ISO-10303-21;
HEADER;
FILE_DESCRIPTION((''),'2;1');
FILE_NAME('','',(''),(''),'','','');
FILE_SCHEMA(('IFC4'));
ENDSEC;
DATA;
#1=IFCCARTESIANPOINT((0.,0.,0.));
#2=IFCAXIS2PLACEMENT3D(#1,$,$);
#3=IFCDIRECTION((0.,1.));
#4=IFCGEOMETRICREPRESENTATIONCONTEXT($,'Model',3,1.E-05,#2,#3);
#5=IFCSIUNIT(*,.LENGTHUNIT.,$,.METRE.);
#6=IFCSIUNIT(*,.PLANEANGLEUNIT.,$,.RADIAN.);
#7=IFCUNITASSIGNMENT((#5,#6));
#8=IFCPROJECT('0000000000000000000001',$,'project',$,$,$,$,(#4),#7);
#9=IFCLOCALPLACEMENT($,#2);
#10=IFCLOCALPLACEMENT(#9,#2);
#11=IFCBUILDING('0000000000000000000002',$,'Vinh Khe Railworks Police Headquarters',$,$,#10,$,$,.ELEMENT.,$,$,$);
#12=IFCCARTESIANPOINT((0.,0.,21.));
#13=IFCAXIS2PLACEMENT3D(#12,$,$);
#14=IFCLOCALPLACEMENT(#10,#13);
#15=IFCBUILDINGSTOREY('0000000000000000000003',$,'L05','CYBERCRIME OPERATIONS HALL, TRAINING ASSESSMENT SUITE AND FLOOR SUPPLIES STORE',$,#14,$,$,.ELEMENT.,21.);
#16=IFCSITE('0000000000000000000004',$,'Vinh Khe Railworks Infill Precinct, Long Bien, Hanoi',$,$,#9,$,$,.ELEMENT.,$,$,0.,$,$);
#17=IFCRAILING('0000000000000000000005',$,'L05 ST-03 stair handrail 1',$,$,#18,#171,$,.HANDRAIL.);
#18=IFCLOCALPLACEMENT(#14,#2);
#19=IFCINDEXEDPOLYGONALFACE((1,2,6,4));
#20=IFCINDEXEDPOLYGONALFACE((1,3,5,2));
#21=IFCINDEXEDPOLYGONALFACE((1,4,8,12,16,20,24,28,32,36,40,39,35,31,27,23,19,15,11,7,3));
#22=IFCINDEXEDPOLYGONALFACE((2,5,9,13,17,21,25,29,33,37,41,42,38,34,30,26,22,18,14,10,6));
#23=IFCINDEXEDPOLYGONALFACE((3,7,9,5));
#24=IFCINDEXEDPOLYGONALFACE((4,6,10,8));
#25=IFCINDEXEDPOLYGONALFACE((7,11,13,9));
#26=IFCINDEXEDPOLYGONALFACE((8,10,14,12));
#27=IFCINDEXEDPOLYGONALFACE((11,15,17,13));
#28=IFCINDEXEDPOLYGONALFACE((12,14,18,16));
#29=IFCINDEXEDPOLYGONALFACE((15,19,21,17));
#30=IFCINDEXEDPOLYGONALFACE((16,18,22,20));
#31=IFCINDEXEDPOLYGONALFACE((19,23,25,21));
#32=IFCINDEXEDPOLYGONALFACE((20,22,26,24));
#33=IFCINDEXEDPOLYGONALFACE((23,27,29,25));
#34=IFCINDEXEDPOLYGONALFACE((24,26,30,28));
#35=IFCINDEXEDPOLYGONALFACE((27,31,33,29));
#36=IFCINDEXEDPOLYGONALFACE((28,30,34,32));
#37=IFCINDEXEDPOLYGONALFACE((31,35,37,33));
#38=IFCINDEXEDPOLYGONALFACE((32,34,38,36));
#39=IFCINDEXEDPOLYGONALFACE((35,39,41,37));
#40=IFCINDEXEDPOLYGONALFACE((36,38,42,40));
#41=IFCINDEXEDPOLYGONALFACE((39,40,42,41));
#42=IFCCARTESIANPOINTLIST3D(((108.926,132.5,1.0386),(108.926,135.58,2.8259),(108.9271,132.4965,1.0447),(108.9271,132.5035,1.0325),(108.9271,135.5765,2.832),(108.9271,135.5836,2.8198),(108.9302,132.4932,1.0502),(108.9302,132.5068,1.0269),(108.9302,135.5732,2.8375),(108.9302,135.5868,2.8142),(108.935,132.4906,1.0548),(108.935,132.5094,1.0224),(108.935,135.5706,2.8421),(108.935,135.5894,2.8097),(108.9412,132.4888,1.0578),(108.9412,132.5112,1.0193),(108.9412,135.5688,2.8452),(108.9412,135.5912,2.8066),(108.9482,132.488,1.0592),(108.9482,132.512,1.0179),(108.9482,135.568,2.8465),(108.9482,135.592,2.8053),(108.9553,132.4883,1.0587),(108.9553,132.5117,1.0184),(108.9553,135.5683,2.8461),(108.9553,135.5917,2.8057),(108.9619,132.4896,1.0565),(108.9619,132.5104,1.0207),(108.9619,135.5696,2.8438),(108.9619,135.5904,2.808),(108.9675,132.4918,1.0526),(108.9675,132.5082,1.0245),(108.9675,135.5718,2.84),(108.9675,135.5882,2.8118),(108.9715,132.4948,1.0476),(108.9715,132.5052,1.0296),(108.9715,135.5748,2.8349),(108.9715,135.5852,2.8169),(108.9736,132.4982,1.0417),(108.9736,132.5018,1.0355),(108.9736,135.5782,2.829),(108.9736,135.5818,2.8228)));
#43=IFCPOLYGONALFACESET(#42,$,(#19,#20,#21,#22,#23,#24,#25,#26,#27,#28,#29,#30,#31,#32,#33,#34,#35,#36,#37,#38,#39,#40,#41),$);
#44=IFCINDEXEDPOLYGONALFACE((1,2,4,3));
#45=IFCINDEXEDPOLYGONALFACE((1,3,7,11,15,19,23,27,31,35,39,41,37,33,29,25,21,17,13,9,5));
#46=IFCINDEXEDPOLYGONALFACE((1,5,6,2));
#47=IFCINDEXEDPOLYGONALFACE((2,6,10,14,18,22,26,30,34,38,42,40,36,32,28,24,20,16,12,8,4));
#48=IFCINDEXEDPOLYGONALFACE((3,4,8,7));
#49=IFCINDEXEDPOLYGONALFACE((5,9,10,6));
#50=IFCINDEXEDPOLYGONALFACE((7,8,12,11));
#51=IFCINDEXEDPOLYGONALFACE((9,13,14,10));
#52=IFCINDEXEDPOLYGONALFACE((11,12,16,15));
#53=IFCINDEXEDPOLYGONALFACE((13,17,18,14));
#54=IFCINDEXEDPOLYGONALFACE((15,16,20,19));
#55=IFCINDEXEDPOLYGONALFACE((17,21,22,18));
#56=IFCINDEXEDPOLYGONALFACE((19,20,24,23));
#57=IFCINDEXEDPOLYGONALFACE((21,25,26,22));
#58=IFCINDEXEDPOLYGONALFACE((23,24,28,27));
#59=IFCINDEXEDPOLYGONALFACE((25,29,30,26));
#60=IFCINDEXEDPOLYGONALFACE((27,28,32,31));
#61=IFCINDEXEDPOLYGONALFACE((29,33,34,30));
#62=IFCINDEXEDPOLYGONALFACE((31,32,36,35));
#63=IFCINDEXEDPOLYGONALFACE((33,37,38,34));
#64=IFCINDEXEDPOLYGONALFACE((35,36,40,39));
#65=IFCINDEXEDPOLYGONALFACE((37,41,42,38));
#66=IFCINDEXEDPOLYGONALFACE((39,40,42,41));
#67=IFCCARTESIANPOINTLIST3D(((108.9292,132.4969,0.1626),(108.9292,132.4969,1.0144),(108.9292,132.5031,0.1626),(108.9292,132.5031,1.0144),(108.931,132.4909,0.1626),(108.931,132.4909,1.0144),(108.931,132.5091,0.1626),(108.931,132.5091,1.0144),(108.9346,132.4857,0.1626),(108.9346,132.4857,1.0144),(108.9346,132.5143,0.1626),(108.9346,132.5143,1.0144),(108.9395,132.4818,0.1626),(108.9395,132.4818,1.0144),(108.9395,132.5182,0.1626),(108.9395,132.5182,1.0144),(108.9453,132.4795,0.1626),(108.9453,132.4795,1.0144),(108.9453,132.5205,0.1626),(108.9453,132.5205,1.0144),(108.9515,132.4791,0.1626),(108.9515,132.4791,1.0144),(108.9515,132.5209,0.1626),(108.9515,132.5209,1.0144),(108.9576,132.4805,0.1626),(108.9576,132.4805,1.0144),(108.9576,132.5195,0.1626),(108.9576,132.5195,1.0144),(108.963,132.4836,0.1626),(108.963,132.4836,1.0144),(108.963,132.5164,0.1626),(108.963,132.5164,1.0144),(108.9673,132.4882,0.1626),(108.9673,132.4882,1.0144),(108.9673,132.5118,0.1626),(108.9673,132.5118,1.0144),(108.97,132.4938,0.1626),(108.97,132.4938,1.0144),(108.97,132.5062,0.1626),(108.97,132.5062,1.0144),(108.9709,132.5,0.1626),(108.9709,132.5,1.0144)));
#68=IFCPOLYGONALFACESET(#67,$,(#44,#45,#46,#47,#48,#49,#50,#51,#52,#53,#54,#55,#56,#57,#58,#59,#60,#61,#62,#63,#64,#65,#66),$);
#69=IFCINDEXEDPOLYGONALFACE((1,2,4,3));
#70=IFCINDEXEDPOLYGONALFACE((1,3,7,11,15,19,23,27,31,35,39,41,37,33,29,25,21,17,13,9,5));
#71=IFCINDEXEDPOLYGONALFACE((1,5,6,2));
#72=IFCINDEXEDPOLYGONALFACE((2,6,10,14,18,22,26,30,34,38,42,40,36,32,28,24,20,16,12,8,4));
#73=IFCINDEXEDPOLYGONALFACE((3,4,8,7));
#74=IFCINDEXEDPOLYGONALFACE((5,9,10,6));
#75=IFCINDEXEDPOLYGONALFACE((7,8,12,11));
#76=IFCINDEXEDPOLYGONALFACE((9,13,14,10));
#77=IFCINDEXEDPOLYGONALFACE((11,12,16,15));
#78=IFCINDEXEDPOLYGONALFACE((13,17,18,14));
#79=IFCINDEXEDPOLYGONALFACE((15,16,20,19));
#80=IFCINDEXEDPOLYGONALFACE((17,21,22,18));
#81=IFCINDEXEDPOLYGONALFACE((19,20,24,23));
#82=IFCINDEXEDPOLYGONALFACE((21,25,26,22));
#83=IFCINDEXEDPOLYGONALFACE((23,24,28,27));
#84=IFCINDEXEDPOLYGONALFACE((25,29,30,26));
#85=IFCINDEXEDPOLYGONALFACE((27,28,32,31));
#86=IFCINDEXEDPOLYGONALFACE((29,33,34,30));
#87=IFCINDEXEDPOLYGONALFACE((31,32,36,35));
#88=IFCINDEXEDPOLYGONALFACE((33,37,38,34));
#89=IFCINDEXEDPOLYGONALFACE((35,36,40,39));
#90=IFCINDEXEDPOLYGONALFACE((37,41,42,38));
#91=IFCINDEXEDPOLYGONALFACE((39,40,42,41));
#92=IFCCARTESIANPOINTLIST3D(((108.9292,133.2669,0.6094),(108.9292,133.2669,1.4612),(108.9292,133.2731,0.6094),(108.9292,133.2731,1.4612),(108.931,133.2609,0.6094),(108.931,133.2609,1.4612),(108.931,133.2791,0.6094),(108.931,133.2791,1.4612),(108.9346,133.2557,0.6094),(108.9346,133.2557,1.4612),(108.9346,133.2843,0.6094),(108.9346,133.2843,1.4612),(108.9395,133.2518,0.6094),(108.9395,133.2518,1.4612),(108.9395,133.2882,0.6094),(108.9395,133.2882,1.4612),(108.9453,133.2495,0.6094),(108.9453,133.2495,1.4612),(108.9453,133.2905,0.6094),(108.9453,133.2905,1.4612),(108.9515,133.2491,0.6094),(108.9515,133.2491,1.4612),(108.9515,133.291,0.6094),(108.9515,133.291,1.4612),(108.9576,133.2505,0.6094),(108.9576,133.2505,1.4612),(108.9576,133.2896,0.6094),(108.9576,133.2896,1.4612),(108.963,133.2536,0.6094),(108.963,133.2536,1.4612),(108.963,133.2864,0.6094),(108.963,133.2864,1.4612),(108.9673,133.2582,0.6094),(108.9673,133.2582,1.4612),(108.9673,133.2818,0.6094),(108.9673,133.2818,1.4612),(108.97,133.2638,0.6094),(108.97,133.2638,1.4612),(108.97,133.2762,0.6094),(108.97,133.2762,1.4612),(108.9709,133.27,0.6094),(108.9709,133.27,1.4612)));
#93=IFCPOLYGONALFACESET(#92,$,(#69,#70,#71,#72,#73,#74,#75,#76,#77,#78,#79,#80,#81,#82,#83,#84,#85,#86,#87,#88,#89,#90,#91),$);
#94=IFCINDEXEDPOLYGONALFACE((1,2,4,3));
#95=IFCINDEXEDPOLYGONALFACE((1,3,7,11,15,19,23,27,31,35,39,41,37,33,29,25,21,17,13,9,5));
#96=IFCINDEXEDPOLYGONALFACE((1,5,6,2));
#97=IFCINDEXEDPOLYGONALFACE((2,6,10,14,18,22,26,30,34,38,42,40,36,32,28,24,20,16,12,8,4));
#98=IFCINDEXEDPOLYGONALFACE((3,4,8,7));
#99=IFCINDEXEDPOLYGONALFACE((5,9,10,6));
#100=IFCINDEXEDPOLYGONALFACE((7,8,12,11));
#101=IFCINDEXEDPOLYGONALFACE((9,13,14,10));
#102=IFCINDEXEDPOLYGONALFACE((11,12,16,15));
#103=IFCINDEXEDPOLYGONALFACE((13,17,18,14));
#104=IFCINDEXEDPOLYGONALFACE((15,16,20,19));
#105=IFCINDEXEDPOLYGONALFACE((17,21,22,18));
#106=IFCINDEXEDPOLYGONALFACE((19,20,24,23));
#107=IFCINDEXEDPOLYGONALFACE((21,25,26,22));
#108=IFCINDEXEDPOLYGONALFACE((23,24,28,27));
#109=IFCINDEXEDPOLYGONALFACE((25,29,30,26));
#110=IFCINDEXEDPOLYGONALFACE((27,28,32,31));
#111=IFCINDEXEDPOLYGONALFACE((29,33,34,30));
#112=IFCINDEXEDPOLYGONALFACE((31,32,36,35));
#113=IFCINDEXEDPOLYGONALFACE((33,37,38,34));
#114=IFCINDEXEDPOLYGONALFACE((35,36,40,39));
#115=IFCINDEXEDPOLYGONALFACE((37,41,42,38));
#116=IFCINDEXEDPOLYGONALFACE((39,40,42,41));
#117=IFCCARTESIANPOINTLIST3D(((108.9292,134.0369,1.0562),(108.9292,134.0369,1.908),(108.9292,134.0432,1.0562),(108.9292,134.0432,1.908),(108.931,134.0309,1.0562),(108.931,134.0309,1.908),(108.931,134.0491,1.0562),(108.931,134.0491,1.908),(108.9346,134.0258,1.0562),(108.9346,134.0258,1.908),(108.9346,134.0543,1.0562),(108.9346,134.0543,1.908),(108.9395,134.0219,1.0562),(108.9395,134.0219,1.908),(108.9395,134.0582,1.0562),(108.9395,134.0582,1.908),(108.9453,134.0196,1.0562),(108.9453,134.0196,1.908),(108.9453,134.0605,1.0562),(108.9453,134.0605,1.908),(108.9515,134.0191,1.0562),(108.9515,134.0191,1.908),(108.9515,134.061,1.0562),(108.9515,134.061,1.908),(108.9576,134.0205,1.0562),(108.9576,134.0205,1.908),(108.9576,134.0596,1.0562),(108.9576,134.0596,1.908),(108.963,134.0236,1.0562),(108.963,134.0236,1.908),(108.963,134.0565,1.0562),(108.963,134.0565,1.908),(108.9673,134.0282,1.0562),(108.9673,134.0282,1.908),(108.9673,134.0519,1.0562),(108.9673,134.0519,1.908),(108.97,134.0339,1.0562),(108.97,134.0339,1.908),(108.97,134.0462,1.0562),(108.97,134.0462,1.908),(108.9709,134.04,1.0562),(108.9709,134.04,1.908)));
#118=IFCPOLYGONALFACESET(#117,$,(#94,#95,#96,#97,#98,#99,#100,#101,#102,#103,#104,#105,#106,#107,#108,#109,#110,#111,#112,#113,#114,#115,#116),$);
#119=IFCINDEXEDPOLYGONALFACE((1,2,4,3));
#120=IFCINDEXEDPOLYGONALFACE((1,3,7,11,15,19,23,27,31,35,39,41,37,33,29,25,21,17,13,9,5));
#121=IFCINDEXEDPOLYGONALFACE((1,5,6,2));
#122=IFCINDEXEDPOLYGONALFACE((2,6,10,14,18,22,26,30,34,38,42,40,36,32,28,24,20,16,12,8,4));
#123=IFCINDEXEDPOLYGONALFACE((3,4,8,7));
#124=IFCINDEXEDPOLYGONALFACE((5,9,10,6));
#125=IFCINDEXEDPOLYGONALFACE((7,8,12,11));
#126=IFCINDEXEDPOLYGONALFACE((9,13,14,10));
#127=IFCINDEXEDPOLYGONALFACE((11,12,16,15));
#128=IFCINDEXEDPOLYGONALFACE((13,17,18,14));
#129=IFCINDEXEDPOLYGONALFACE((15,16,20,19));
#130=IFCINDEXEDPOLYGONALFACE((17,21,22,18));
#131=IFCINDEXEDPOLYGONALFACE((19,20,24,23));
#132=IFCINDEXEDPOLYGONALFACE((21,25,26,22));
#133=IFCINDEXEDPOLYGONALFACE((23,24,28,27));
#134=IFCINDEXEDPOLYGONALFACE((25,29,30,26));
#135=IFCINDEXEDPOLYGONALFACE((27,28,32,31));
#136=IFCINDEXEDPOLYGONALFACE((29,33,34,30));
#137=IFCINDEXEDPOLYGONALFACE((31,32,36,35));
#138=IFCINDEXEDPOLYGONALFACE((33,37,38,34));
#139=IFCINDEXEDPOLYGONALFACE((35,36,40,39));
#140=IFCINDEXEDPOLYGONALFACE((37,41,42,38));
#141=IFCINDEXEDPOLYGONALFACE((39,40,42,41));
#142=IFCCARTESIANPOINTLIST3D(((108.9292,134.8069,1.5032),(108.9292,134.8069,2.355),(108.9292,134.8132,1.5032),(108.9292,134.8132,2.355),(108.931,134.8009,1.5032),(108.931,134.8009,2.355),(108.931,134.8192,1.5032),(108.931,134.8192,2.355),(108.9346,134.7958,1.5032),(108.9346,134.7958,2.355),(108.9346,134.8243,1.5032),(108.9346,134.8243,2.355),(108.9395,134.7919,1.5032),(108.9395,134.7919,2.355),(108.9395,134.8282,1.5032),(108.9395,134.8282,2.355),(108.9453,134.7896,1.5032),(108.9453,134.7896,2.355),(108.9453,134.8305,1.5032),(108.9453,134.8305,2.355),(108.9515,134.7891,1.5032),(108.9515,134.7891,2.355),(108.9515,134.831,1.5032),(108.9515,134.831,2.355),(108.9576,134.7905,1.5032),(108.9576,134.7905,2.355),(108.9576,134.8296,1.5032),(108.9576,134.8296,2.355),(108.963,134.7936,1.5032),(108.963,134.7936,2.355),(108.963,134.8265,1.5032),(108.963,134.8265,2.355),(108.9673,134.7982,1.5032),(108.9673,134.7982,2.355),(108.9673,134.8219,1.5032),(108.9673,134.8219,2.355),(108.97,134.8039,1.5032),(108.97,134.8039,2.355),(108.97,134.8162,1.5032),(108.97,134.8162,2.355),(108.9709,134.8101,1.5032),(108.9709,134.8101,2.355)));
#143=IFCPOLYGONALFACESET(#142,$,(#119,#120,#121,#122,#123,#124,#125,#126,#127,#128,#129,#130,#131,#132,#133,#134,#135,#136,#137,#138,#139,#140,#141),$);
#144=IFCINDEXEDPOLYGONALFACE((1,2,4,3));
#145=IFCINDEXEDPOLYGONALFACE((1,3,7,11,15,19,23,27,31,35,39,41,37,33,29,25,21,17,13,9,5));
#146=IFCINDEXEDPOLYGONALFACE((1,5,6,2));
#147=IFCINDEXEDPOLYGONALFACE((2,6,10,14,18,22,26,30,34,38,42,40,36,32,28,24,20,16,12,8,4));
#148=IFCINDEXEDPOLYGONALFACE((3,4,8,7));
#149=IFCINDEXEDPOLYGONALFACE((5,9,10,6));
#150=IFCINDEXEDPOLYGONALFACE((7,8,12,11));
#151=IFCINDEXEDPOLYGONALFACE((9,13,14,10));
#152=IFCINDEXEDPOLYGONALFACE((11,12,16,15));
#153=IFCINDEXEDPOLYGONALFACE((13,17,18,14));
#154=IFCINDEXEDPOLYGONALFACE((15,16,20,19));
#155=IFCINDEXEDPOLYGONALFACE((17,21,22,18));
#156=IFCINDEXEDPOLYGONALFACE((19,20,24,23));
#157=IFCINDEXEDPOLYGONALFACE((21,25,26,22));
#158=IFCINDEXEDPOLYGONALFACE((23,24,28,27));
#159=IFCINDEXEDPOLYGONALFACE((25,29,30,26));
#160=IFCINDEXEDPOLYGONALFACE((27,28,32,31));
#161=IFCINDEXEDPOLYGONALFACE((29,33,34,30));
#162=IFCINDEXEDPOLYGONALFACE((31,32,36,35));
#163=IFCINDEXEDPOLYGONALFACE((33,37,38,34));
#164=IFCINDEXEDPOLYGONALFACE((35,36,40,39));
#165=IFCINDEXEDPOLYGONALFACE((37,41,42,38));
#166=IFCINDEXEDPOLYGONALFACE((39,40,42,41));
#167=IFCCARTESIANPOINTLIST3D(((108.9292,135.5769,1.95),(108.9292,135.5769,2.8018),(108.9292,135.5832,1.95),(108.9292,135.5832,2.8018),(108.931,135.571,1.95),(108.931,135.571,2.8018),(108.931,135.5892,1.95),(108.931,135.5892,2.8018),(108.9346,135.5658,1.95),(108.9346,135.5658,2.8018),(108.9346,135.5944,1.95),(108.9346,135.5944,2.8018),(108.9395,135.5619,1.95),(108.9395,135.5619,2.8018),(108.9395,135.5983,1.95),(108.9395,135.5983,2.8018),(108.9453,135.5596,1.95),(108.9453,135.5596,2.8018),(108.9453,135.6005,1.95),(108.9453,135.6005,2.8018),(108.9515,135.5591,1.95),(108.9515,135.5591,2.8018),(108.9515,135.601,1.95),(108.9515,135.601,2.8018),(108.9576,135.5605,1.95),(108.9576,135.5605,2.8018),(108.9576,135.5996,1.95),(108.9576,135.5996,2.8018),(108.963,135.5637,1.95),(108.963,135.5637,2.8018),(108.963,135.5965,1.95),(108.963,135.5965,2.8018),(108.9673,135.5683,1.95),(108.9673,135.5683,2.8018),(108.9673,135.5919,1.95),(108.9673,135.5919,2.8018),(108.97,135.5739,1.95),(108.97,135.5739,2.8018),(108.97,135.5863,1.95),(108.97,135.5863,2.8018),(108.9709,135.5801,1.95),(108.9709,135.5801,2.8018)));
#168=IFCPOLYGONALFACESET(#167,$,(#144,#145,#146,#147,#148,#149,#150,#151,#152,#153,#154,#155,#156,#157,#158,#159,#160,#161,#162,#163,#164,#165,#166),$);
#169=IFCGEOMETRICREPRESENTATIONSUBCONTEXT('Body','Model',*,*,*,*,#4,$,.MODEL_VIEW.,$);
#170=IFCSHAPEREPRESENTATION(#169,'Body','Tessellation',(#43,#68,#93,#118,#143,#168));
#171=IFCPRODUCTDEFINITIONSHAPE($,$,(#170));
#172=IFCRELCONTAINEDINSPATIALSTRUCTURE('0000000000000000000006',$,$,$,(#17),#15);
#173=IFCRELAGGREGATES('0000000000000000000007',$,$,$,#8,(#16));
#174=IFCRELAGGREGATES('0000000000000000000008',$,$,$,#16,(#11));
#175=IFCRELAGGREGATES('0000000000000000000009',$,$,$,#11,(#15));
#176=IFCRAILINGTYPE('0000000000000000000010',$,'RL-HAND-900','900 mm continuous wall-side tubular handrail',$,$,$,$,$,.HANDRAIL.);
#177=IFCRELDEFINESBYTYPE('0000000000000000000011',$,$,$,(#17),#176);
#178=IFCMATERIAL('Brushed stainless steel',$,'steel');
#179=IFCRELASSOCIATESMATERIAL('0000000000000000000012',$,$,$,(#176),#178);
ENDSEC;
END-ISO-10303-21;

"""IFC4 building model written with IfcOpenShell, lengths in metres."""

from ifc_helpers import new_model, si_unit, direction, frame, origin, origin_2d, place, context, subcontext, project, spatial, circle, extrude, material, type_object, element, save


model = new_model("IFC4")

# Units and contexts
model_context = context("Model", 3, precision=1e-05, world=origin(), true_north=direction((0.0, 1.0)))
body_context = subcontext(model_context, "Body", "Model", "MODEL_VIEW")
ifc_project = project(units=[si_unit("LENGTHUNIT", "METRE"), si_unit("PLANEANGLEUNIT", "RADIAN")], contexts=[model_context])

# Site, building, storey
site_placement = place(None, origin())
site = spatial("IfcSite", under=ifc_project, at=site_placement, Name="Vinh Khe Railworks Infill Precinct, Long Bien, Hanoi", CompositionType="ELEMENT", RefElevation=0.0)
building_placement = place(site_placement, origin())
building = spatial("IfcBuilding", under=site, at=building_placement, Name="Vinh Khe Railworks Police Headquarters", CompositionType="ELEMENT")
storey_placement = place(building_placement, frame((0.0, 0.0, 21.0)))
storey = spatial("IfcBuildingStorey", under=building, at=storey_placement, Name="L05", Description="CYBERCRIME OPERATIONS HALL, TRAINING ASSESSMENT SUITE AND FLOOR SUPPLIES STORE", CompositionType="ELEMENT", Elevation=21.0)

# Railing
ifc_material_1 = material(Name="Brushed stainless steel", Category="steel")
railing_type_1 = type_object("IfcRailingType", Name="RL-HAND-900", Description="900 mm continuous wall-side tubular handrail", PredefinedType="HANDRAIL", material=ifc_material_1)
railing_1_placement = place(storey_placement, frame((108.95, 132.5, 0.1626)))
element("IfcRailing", 1, at=railing_1_placement, inside=storey, type_object=railing_type_1, Name="L05 ST-03 stair handrail 1", PredefinedType="HANDRAIL", context=body_context, shape_type="SweptSolid", body=[
    extrude(circle(Radius=0.0239, at=origin_2d()), frame((0.0, 0.0, 0.876), z_axis=(0.0, 0.86492, 0.501909), x_axis=(-1.0, 0.0, 0.0)), (0.0, 0.0, 1.0), 3.561),
    extrude(circle(Radius=0.021, at=origin_2d()), origin(), (0.0, 0.0, 1.0), 0.8518),
    extrude(circle(Radius=0.021, at=origin_2d()), frame((0.0, 0.77, 0.4468)), (0.0, 0.0, 1.0), 0.8518),
    extrude(circle(Radius=0.021, at=origin_2d()), frame((0.0, 1.54, 0.8936)), (0.0, 0.0, 1.0), 0.8518),
    extrude(circle(Radius=0.021, at=origin_2d()), frame((0.0, 2.3101, 1.3406)), (0.0, 0.0, 1.0), 0.8518),
    extrude(circle(Radius=0.021, at=origin_2d()), frame((0.0, 3.0801, 1.7874)), (0.0, 0.0, 1.0), 0.8518),
])

save(model, "model.ifc")
